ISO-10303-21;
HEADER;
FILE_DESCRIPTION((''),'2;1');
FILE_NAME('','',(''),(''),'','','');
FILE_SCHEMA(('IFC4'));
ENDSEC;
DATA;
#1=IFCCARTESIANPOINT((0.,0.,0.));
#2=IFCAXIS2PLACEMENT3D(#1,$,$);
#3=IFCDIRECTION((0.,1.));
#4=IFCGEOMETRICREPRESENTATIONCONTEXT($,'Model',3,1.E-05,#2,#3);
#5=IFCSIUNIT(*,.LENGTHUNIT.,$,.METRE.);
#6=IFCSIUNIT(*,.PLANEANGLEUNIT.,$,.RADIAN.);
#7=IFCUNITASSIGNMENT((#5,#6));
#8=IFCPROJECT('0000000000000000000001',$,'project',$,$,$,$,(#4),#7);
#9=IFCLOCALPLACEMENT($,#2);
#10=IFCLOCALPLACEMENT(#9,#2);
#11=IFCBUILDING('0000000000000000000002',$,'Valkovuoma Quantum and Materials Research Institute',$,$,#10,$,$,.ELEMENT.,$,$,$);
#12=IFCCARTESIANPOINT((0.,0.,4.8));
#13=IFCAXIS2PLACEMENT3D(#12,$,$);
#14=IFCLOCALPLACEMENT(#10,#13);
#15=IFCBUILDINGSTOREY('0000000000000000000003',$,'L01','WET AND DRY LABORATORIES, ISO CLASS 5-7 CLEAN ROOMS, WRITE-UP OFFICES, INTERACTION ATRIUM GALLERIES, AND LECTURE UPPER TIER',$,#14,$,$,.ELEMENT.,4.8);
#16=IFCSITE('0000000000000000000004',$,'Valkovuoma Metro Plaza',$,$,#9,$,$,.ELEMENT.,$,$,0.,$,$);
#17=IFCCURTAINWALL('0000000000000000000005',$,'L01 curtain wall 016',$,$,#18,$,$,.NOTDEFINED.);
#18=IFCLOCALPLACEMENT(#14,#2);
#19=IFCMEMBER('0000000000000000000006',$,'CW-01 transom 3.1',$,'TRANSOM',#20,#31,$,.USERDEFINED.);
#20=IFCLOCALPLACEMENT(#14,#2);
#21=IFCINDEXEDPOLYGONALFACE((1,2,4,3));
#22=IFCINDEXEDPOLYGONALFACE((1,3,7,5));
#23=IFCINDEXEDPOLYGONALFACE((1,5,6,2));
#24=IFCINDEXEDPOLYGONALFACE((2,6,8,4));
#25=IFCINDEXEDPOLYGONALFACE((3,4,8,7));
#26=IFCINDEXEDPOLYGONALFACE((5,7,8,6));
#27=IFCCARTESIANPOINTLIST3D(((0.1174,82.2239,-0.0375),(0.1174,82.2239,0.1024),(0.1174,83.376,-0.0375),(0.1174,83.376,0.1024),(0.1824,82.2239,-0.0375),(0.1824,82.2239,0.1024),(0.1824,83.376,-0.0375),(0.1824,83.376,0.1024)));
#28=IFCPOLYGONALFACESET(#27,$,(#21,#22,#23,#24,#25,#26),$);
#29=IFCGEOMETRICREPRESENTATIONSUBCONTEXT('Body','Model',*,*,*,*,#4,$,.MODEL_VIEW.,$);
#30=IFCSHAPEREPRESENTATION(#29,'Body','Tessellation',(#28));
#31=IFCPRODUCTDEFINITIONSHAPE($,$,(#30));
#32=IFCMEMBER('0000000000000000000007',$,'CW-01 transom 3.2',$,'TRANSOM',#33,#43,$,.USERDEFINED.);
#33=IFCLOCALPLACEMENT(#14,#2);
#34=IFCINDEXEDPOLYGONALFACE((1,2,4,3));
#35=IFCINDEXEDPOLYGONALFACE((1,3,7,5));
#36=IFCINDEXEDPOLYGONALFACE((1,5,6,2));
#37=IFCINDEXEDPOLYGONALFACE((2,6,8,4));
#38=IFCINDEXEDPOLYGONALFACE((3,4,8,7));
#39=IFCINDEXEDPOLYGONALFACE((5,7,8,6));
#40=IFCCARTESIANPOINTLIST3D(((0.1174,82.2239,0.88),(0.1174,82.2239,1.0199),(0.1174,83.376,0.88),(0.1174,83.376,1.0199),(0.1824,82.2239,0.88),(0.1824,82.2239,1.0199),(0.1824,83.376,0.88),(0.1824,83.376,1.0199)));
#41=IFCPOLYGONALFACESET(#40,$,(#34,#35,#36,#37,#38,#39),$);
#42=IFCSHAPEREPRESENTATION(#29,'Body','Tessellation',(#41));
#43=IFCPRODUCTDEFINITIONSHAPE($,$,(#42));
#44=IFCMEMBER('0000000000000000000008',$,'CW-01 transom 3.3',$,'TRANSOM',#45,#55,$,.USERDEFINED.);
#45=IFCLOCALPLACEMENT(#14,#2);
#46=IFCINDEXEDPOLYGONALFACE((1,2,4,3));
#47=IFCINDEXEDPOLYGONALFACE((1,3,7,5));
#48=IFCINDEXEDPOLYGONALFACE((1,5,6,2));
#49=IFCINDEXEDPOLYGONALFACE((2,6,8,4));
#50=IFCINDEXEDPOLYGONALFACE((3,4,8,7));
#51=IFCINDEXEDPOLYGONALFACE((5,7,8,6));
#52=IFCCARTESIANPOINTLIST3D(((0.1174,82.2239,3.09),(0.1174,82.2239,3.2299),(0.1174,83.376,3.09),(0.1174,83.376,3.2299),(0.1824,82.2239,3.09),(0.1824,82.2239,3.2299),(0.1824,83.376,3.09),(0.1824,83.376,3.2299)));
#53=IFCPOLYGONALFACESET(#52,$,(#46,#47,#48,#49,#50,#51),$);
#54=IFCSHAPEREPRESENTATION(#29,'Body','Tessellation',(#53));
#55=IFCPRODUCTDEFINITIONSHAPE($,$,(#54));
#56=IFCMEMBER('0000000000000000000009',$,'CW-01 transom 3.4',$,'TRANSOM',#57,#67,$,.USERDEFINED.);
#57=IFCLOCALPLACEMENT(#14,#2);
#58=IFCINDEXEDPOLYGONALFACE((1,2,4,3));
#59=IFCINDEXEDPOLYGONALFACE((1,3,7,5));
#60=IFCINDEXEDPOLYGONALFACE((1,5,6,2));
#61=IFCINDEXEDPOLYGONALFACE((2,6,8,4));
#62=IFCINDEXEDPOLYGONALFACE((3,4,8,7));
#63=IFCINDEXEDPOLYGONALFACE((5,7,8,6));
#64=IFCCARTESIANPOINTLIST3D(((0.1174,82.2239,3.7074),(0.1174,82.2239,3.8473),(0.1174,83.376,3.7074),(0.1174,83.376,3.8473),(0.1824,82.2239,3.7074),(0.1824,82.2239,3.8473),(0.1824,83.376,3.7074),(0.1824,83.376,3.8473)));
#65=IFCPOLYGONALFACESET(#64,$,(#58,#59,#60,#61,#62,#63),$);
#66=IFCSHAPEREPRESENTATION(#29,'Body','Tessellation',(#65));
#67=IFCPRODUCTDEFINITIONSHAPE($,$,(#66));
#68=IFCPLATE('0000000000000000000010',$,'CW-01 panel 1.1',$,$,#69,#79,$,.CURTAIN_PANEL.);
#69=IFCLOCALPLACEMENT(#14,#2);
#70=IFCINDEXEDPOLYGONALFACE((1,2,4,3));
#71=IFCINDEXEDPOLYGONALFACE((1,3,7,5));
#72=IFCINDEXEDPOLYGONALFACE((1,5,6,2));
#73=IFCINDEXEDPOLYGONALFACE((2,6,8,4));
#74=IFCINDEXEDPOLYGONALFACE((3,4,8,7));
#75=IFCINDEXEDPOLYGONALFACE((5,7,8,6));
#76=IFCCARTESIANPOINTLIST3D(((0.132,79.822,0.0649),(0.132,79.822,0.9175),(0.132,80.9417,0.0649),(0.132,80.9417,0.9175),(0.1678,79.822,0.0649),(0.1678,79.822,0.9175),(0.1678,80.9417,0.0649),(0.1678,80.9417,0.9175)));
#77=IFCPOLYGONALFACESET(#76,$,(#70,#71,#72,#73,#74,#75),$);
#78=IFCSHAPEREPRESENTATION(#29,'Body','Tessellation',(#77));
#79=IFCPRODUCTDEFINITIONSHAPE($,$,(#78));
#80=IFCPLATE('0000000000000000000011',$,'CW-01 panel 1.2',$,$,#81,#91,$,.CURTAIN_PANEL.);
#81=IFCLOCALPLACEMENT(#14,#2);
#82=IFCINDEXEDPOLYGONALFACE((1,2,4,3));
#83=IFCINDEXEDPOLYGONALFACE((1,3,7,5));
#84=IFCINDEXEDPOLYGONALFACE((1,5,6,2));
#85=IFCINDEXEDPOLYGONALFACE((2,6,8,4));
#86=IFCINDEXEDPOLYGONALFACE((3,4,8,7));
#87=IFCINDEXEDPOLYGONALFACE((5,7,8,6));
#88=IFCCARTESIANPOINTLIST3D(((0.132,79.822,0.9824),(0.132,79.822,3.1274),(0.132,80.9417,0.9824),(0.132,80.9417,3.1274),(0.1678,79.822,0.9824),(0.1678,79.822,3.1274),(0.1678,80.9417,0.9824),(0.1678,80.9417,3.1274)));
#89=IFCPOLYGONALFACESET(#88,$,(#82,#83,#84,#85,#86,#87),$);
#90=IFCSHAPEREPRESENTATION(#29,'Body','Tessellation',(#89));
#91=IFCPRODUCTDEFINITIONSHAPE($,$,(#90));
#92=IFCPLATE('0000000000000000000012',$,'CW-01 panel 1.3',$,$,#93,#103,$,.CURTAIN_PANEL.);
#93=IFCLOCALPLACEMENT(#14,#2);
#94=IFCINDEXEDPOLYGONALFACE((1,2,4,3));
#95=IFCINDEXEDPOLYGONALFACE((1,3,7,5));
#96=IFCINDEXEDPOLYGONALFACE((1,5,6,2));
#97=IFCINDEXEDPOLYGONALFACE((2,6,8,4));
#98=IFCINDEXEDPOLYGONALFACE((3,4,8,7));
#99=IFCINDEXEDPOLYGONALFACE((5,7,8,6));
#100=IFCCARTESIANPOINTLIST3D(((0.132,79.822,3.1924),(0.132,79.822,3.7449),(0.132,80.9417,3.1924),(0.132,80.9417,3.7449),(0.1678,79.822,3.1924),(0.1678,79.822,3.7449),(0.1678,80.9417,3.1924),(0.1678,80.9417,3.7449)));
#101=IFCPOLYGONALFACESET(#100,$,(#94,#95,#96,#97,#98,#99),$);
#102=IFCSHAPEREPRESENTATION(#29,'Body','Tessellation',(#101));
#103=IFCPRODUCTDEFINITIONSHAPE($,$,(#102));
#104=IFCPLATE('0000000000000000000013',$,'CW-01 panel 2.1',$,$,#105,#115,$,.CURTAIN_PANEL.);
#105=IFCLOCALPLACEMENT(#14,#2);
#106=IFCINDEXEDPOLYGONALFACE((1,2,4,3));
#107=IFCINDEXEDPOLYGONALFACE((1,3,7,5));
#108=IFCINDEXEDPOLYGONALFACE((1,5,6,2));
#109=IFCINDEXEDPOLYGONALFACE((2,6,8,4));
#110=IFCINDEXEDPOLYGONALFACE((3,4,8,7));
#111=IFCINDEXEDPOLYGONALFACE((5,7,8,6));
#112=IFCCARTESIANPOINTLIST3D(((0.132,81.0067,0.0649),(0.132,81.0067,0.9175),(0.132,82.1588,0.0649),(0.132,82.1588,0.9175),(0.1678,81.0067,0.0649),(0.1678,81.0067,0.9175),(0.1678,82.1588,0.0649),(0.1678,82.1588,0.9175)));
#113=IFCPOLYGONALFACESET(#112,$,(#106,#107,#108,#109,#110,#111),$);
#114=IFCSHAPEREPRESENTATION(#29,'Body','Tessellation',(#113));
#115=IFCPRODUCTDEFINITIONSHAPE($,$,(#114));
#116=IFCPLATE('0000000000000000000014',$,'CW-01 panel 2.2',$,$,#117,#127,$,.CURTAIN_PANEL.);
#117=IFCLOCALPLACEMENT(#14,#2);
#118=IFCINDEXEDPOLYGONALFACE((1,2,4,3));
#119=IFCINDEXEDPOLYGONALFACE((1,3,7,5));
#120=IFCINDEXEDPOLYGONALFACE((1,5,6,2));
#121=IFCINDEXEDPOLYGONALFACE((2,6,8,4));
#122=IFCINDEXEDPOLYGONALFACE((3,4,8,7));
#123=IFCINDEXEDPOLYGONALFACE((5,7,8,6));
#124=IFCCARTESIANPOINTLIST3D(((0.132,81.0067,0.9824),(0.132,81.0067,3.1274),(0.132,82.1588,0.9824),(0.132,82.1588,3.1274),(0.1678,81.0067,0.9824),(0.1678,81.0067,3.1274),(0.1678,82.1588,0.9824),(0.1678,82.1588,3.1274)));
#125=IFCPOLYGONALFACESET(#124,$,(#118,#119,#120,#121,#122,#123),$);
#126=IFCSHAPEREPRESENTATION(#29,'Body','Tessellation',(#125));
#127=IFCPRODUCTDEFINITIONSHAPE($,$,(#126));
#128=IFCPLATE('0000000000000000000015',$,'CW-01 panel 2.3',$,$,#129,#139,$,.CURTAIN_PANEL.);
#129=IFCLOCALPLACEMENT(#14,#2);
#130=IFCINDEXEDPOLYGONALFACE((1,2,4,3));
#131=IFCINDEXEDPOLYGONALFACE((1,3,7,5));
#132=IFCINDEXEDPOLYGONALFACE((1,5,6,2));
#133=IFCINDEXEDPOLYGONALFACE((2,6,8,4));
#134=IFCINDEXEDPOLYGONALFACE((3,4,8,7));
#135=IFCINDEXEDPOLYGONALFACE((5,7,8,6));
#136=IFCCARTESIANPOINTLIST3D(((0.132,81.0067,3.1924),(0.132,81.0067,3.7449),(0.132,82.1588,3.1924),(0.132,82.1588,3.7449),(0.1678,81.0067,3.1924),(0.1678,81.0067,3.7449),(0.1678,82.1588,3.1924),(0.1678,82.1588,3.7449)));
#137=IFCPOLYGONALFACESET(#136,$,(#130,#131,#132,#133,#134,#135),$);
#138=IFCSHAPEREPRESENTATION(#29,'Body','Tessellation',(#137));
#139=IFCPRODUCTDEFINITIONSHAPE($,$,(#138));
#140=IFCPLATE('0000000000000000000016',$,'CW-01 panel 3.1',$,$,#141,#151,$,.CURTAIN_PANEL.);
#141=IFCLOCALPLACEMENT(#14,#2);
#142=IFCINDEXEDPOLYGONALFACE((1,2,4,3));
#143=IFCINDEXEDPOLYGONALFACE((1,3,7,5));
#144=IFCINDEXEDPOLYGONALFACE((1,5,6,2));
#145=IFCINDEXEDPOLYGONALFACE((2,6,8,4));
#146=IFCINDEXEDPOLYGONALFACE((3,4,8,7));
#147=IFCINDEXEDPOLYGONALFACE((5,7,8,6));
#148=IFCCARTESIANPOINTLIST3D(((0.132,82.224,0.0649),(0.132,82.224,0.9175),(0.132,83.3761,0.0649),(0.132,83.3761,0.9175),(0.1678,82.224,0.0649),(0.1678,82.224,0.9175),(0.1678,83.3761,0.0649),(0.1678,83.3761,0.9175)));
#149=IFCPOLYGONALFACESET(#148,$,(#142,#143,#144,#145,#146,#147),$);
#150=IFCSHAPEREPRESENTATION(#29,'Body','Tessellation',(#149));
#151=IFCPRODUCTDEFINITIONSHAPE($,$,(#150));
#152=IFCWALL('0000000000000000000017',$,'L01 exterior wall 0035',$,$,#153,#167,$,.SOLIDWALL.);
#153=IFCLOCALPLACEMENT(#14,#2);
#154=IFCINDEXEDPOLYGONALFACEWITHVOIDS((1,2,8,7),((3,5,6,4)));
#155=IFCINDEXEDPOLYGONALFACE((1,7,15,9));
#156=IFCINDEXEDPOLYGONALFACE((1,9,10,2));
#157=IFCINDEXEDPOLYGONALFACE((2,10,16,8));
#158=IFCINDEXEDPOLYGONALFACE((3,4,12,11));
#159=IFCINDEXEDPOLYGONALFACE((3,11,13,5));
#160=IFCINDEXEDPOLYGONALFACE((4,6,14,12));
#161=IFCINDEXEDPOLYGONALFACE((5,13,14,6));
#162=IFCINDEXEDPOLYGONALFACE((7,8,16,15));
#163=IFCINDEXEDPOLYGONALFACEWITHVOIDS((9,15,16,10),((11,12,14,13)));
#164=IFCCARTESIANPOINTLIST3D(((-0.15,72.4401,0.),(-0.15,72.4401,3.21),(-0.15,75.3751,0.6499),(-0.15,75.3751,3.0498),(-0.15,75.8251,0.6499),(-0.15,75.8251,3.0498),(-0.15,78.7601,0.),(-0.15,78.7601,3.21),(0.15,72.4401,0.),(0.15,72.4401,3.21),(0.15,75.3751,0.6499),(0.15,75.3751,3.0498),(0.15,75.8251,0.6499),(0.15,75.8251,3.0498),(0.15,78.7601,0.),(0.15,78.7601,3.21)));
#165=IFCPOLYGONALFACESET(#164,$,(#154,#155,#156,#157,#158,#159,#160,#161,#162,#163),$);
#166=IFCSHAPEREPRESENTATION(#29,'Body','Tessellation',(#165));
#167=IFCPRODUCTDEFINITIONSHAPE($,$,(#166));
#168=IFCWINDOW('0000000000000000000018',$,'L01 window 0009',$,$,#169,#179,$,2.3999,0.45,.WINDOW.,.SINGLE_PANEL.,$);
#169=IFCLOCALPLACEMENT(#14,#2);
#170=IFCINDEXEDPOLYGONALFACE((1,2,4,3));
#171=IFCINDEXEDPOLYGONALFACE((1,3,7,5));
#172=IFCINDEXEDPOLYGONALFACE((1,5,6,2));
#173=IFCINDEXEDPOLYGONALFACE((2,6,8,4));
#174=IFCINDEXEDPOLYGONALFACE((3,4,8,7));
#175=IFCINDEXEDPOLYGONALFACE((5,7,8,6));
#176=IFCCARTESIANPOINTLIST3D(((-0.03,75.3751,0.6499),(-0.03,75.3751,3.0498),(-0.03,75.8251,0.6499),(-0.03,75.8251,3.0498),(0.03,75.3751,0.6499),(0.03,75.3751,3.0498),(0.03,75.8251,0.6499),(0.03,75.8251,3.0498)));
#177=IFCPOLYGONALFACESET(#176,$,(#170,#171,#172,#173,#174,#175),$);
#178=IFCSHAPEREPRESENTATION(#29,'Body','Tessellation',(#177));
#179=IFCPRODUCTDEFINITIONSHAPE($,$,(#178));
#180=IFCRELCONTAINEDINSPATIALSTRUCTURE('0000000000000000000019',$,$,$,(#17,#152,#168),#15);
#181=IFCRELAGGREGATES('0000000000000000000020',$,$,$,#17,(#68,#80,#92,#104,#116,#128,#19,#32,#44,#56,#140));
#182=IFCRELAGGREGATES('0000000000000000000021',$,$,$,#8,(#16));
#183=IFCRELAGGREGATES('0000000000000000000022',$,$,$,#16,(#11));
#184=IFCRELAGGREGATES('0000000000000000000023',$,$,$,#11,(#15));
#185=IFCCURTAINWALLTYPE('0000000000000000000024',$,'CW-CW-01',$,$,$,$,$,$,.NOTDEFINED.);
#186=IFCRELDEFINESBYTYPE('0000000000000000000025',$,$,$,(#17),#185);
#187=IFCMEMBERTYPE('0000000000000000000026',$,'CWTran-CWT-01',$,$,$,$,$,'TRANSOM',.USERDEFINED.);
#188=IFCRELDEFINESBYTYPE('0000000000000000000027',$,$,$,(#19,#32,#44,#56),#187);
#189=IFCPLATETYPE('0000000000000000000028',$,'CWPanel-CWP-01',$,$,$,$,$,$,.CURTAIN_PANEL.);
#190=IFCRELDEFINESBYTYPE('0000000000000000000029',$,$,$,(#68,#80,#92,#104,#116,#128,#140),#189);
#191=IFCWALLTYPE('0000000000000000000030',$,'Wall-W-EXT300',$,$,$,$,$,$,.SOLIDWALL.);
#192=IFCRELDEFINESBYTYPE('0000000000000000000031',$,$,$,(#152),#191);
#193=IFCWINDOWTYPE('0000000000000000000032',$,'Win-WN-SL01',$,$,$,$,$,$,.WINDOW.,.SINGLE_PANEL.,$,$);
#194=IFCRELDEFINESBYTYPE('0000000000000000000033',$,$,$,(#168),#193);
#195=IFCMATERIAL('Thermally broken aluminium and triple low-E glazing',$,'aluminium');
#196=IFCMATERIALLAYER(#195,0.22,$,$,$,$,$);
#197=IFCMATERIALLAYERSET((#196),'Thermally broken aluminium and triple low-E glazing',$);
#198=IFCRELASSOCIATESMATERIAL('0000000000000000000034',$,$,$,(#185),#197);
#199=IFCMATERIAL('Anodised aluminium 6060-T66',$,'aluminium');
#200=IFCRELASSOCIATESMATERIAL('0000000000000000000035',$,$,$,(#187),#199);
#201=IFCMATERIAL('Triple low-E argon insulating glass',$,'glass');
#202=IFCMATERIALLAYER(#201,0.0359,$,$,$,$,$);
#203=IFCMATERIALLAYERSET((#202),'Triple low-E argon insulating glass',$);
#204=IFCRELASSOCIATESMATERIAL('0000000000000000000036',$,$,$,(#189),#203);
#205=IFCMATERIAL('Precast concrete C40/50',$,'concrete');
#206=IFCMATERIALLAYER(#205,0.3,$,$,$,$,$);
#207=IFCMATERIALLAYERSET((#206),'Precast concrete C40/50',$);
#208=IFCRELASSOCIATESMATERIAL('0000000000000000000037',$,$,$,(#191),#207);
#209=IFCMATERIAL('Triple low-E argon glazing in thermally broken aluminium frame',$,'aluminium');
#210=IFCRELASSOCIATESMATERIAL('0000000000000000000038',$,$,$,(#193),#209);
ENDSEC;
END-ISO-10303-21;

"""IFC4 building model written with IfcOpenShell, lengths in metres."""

from ifc_helpers import new_model, si_unit, direction, frame, frame_2d, origin, origin_2d, place, context, subcontext, project, spatial, rectangle, extrude, material, layer, layer_set, material_profile, profile_set, type_object, element, fill, aggregate, save


model = new_model("IFC4")

# Units and contexts
model_context = context("Model", 3, precision=1e-05, world=origin(), true_north=direction((0.0, 1.0)))
body_context = subcontext(model_context, "Body", "Model", "MODEL_VIEW")
ifc_project = project(units=[si_unit("LENGTHUNIT", "METRE"), si_unit("PLANEANGLEUNIT", "RADIAN")], contexts=[model_context])

# Site, building, storey
site_placement = place(None, origin())
site = spatial("IfcSite", under=ifc_project, at=site_placement, Name="Valkovuoma Metro Plaza", CompositionType="ELEMENT", RefElevation=0.0)
building_placement = place(site_placement, origin())
building = spatial("IfcBuilding", under=site, at=building_placement, Name="Valkovuoma Quantum and Materials Research Institute", CompositionType="ELEMENT")
storey_placement = place(building_placement, frame((0.0, 0.0, 4.8)))
storey = spatial("IfcBuildingStorey", under=building, at=storey_placement, Name="L01", Description="WET AND DRY LABORATORIES, ISO CLASS 5-7 CLEAN ROOMS, WRITE-UP OFFICES, INTERACTION ATRIUM GALLERIES, AND LECTURE UPPER TIER", CompositionType="ELEMENT", Elevation=4.8)

# Curtain wall, members, plates
ifc_material_1 = material(Name="Thermally broken aluminium and triple low-E glazing", Category="aluminium")
ifc_layer_1 = layer(ifc_material_1, 0.22)
ifc_layer_set_1 = layer_set([ifc_layer_1], Name="Thermally broken aluminium and triple low-E glazing")
curtain_wall_type = type_object("IfcCurtainWallType", Name="CW-CW-01", PredefinedType="NOTDEFINED", material=ifc_layer_set_1)
curtain_wall_placement = place(storey_placement, origin())
curtain_wall = element("IfcCurtainWall", 1, at=curtain_wall_placement, inside=storey, type_object=curtain_wall_type, Name="L01 curtain wall 016", PredefinedType="NOTDEFINED")
ifc_material_2 = material(Name="Anodised aluminium 6060-T66", Category="aluminium")
ifc_material_profile_1 = material_profile(ifc_material_2, rectangle(XDim=0.0649, YDim=0.1399, at=origin_2d()), Name="Anodised aluminium 6060-T66")
ifc_profile_set_1 = profile_set([ifc_material_profile_1], Name="Anodised aluminium 6060-T66")
member_type_1 = type_object("IfcMemberType", Name="CWTran-CWT-01", ElementType="TRANSOM", PredefinedType="USERDEFINED", material=ifc_profile_set_1)
member_1_placement = place(storey_placement, frame((0.1499, 82.2239, 0.0325), z_axis=(0.0, 1.0, 0.0), x_axis=(-1.0, 0.0, 0.0)))
member_1 = element("IfcMember", 2, at=member_1_placement, type_object=member_type_1, Name="CW-01 transom 3.1", ObjectType="TRANSOM", PredefinedType="USERDEFINED", context=body_context, shape_type="SweptSolid", body=[
    extrude(rectangle(XDim=0.0649, YDim=0.1399, at=origin_2d()), origin(), (0.0, 0.0, 1.0), 1.1521),
])
member_2_placement = place(storey_placement, frame((0.1499, 82.2239, 0.95), z_axis=(0.0, 1.0, 0.0), x_axis=(-1.0, 0.0, 0.0)))
member_2 = element("IfcMember", 3, at=member_2_placement, type_object=member_type_1, Name="CW-01 transom 3.2", ObjectType="TRANSOM", PredefinedType="USERDEFINED", context=body_context, shape_type="SweptSolid", body=[
    extrude(rectangle(XDim=0.0649, YDim=0.1399, at=origin_2d()), origin(), (0.0, 0.0, 1.0), 1.1521),
])
member_3_placement = place(storey_placement, frame((0.1499, 82.2239, 3.1599), z_axis=(0.0, 1.0, 0.0), x_axis=(-1.0, 0.0, 0.0)))
member_3 = element("IfcMember", 4, at=member_3_placement, type_object=member_type_1, Name="CW-01 transom 3.3", ObjectType="TRANSOM", PredefinedType="USERDEFINED", context=body_context, shape_type="SweptSolid", body=[
    extrude(rectangle(XDim=0.0649, YDim=0.1399, at=origin_2d()), origin(), (0.0, 0.0, 1.0), 1.1521),
])
member_4_placement = place(storey_placement, frame((0.1499, 82.2239, 3.7773), z_axis=(0.0, 1.0, 0.0), x_axis=(-1.0, 0.0, 0.0)))
member_4 = element("IfcMember", 5, at=member_4_placement, type_object=member_type_1, Name="CW-01 transom 3.4", ObjectType="TRANSOM", PredefinedType="USERDEFINED", context=body_context, shape_type="SweptSolid", body=[
    extrude(rectangle(XDim=0.0649, YDim=0.1399, at=origin_2d()), origin(), (0.0, 0.0, 1.0), 1.1521),
])
ifc_material_3 = material(Name="Triple low-E argon insulating glass", Category="glass")
ifc_layer_2 = layer(ifc_material_3, 0.0359)
ifc_layer_set_2 = layer_set([ifc_layer_2], Name="Triple low-E argon insulating glass")
plate_type = type_object("IfcPlateType", Name="CWPanel-CWP-01", PredefinedType="CURTAIN_PANEL", material=ifc_layer_set_2)
plate_1_placement = place(storey_placement, frame((0.1499, 80.3818, 0.0649), z_axis=(0.0, 0.0, 1.0), x_axis=(0.0, 1.0, 0.0)))
plate_1 = element("IfcPlate", 6, at=plate_1_placement, type_object=plate_type, Name="CW-01 panel 1.1", PredefinedType="CURTAIN_PANEL", context=body_context, shape_type="SweptSolid", body=[
    extrude(rectangle(XDim=1.1196, YDim=0.0359, at=origin_2d()), origin(), (0.0, 0.0, 1.0), 0.8525),
])
plate_2_placement = place(storey_placement, frame((0.1499, 80.3818, 0.9824), z_axis=(0.0, 0.0, 1.0), x_axis=(0.0, 1.0, 0.0)))
plate_2 = element("IfcPlate", 7, at=plate_2_placement, type_object=plate_type, Name="CW-01 panel 1.2", PredefinedType="CURTAIN_PANEL", context=body_context, shape_type="SweptSolid", body=[
    extrude(rectangle(XDim=1.1196, YDim=0.0359, at=origin_2d()), origin(), (0.0, 0.0, 1.0), 2.145),
])
plate_3_placement = place(storey_placement, frame((0.1499, 80.3818, 3.1924), z_axis=(0.0, 0.0, 1.0), x_axis=(0.0, 1.0, 0.0)))
plate_3 = element("IfcPlate", 8, at=plate_3_placement, type_object=plate_type, Name="CW-01 panel 1.3", PredefinedType="CURTAIN_PANEL", context=body_context, shape_type="SweptSolid", body=[
    extrude(rectangle(XDim=1.1196, YDim=0.0359, at=origin_2d()), origin(), (0.0, 0.0, 1.0), 0.5525),
])
plate_4_placement = place(storey_placement, frame((0.1499, 81.5828, 0.0649), z_axis=(0.0, 0.0, 1.0), x_axis=(0.0, 1.0, 0.0)))
plate_4 = element("IfcPlate", 9, at=plate_4_placement, type_object=plate_type, Name="CW-01 panel 2.1", PredefinedType="CURTAIN_PANEL", context=body_context, shape_type="SweptSolid", body=[
    extrude(rectangle(XDim=1.1521, YDim=0.0359, at=origin_2d()), origin(), (0.0, 0.0, 1.0), 0.8525),
])
plate_5_placement = place(storey_placement, frame((0.1499, 81.5828, 0.9824), z_axis=(0.0, 0.0, 1.0), x_axis=(0.0, 1.0, 0.0)))
plate_5 = element("IfcPlate", 10, at=plate_5_placement, type_object=plate_type, Name="CW-01 panel 2.2", PredefinedType="CURTAIN_PANEL", context=body_context, shape_type="SweptSolid", body=[
    extrude(rectangle(XDim=1.1521, YDim=0.0359, at=origin_2d()), origin(), (0.0, 0.0, 1.0), 2.145),
])
plate_6_placement = place(storey_placement, frame((0.1499, 81.5828, 3.1924), z_axis=(0.0, 0.0, 1.0), x_axis=(0.0, 1.0, 0.0)))
plate_6 = element("IfcPlate", 11, at=plate_6_placement, type_object=plate_type, Name="CW-01 panel 2.3", PredefinedType="CURTAIN_PANEL", context=body_context, shape_type="SweptSolid", body=[
    extrude(rectangle(XDim=1.1521, YDim=0.0359, at=origin_2d()), origin(), (0.0, 0.0, 1.0), 0.5525),
])
plate_7_placement = place(storey_placement, frame((0.1499, 82.8, 0.0649), z_axis=(0.0, 0.0, 1.0), x_axis=(0.0, 1.0, 0.0)))
plate_7 = element("IfcPlate", 12, at=plate_7_placement, type_object=plate_type, Name="CW-01 panel 3.1", PredefinedType="CURTAIN_PANEL", context=body_context, shape_type="SweptSolid", body=[
    extrude(rectangle(XDim=1.1521, YDim=0.0359, at=origin_2d()), origin(), (0.0, 0.0, 1.0), 0.8525),
])
aggregate(curtain_wall, [plate_1, plate_2, plate_3, plate_4, plate_5, plate_6, member_1, member_2, member_3, member_4, plate_7])

# Wall, opening, window
ifc_material_4 = material(Name="Precast concrete C40/50", Category="concrete")
ifc_layer_3 = layer(ifc_material_4, 0.3)
ifc_layer_set_3 = layer_set([ifc_layer_3], Name="Precast concrete C40/50")
wall_type = type_object("IfcWallType", Name="Wall-W-EXT300", PredefinedType="SOLIDWALL", material=ifc_layer_set_3)
wall_placement = place(storey_placement, frame((0.0, 72.4399, 0.0), z_axis=(0.0, 0.0, 1.0), x_axis=(0.0, 1.0, 0.0)))
wall = element("IfcWall", 13, at=wall_placement, inside=storey, type_object=wall_type, Name="L01 exterior wall 0035", PredefinedType="SOLIDWALL", context=body_context, shape_type="SweptSolid", body=[
    extrude(rectangle(XDim=6.3201, YDim=0.3, at=frame_2d((3.1602, 0.0))), origin(), (0.0, 0.0, 1.0), 3.21),
])
opening_placement = place(wall_placement, frame((2.9351, 0.0, 0.6499)))
opening = element("IfcOpeningElement", 14, at=opening_placement, cuts=wall, PredefinedType="OPENING", context=body_context, shape_type="SweptSolid", body=[
    extrude(rectangle(XDim=0.45, YDim=2.3999, at=frame_2d((0.2251, 1.2))), frame((0.0, 0.1602, 0.0), z_axis=(0.0, -1.0, 0.0), x_axis=(1.0, 0.0, 0.0)), (0.0, 0.0, 1.0), 0.3201),
])
ifc_material_5 = material(Name="Triple low-E argon glazing in thermally broken aluminium frame", Category="aluminium")
window_type = type_object("IfcWindowType", Name="Win-WN-SL01", PartitioningType="SINGLE_PANEL", PredefinedType="WINDOW", material=ifc_material_5)
window_placement = place(opening_placement, origin())
window = element("IfcWindow", 15, at=window_placement, inside=storey, type_object=window_type, Name="L01 window 0009", OverallHeight=2.3999, OverallWidth=0.45, PartitioningType="SINGLE_PANEL", PredefinedType="WINDOW", context=body_context, shape_type="SweptSolid", body=[
    extrude(rectangle(XDim=0.45, YDim=2.3999, at=frame_2d((0.2251, 1.2))), frame((0.0, 0.03, 0.0), z_axis=(0.0, -1.0, 0.0), x_axis=(1.0, 0.0, 0.0)), (0.0, 0.0, 1.0), 0.0601),
])
fill(opening, window)

save(model, "model.ifc")
